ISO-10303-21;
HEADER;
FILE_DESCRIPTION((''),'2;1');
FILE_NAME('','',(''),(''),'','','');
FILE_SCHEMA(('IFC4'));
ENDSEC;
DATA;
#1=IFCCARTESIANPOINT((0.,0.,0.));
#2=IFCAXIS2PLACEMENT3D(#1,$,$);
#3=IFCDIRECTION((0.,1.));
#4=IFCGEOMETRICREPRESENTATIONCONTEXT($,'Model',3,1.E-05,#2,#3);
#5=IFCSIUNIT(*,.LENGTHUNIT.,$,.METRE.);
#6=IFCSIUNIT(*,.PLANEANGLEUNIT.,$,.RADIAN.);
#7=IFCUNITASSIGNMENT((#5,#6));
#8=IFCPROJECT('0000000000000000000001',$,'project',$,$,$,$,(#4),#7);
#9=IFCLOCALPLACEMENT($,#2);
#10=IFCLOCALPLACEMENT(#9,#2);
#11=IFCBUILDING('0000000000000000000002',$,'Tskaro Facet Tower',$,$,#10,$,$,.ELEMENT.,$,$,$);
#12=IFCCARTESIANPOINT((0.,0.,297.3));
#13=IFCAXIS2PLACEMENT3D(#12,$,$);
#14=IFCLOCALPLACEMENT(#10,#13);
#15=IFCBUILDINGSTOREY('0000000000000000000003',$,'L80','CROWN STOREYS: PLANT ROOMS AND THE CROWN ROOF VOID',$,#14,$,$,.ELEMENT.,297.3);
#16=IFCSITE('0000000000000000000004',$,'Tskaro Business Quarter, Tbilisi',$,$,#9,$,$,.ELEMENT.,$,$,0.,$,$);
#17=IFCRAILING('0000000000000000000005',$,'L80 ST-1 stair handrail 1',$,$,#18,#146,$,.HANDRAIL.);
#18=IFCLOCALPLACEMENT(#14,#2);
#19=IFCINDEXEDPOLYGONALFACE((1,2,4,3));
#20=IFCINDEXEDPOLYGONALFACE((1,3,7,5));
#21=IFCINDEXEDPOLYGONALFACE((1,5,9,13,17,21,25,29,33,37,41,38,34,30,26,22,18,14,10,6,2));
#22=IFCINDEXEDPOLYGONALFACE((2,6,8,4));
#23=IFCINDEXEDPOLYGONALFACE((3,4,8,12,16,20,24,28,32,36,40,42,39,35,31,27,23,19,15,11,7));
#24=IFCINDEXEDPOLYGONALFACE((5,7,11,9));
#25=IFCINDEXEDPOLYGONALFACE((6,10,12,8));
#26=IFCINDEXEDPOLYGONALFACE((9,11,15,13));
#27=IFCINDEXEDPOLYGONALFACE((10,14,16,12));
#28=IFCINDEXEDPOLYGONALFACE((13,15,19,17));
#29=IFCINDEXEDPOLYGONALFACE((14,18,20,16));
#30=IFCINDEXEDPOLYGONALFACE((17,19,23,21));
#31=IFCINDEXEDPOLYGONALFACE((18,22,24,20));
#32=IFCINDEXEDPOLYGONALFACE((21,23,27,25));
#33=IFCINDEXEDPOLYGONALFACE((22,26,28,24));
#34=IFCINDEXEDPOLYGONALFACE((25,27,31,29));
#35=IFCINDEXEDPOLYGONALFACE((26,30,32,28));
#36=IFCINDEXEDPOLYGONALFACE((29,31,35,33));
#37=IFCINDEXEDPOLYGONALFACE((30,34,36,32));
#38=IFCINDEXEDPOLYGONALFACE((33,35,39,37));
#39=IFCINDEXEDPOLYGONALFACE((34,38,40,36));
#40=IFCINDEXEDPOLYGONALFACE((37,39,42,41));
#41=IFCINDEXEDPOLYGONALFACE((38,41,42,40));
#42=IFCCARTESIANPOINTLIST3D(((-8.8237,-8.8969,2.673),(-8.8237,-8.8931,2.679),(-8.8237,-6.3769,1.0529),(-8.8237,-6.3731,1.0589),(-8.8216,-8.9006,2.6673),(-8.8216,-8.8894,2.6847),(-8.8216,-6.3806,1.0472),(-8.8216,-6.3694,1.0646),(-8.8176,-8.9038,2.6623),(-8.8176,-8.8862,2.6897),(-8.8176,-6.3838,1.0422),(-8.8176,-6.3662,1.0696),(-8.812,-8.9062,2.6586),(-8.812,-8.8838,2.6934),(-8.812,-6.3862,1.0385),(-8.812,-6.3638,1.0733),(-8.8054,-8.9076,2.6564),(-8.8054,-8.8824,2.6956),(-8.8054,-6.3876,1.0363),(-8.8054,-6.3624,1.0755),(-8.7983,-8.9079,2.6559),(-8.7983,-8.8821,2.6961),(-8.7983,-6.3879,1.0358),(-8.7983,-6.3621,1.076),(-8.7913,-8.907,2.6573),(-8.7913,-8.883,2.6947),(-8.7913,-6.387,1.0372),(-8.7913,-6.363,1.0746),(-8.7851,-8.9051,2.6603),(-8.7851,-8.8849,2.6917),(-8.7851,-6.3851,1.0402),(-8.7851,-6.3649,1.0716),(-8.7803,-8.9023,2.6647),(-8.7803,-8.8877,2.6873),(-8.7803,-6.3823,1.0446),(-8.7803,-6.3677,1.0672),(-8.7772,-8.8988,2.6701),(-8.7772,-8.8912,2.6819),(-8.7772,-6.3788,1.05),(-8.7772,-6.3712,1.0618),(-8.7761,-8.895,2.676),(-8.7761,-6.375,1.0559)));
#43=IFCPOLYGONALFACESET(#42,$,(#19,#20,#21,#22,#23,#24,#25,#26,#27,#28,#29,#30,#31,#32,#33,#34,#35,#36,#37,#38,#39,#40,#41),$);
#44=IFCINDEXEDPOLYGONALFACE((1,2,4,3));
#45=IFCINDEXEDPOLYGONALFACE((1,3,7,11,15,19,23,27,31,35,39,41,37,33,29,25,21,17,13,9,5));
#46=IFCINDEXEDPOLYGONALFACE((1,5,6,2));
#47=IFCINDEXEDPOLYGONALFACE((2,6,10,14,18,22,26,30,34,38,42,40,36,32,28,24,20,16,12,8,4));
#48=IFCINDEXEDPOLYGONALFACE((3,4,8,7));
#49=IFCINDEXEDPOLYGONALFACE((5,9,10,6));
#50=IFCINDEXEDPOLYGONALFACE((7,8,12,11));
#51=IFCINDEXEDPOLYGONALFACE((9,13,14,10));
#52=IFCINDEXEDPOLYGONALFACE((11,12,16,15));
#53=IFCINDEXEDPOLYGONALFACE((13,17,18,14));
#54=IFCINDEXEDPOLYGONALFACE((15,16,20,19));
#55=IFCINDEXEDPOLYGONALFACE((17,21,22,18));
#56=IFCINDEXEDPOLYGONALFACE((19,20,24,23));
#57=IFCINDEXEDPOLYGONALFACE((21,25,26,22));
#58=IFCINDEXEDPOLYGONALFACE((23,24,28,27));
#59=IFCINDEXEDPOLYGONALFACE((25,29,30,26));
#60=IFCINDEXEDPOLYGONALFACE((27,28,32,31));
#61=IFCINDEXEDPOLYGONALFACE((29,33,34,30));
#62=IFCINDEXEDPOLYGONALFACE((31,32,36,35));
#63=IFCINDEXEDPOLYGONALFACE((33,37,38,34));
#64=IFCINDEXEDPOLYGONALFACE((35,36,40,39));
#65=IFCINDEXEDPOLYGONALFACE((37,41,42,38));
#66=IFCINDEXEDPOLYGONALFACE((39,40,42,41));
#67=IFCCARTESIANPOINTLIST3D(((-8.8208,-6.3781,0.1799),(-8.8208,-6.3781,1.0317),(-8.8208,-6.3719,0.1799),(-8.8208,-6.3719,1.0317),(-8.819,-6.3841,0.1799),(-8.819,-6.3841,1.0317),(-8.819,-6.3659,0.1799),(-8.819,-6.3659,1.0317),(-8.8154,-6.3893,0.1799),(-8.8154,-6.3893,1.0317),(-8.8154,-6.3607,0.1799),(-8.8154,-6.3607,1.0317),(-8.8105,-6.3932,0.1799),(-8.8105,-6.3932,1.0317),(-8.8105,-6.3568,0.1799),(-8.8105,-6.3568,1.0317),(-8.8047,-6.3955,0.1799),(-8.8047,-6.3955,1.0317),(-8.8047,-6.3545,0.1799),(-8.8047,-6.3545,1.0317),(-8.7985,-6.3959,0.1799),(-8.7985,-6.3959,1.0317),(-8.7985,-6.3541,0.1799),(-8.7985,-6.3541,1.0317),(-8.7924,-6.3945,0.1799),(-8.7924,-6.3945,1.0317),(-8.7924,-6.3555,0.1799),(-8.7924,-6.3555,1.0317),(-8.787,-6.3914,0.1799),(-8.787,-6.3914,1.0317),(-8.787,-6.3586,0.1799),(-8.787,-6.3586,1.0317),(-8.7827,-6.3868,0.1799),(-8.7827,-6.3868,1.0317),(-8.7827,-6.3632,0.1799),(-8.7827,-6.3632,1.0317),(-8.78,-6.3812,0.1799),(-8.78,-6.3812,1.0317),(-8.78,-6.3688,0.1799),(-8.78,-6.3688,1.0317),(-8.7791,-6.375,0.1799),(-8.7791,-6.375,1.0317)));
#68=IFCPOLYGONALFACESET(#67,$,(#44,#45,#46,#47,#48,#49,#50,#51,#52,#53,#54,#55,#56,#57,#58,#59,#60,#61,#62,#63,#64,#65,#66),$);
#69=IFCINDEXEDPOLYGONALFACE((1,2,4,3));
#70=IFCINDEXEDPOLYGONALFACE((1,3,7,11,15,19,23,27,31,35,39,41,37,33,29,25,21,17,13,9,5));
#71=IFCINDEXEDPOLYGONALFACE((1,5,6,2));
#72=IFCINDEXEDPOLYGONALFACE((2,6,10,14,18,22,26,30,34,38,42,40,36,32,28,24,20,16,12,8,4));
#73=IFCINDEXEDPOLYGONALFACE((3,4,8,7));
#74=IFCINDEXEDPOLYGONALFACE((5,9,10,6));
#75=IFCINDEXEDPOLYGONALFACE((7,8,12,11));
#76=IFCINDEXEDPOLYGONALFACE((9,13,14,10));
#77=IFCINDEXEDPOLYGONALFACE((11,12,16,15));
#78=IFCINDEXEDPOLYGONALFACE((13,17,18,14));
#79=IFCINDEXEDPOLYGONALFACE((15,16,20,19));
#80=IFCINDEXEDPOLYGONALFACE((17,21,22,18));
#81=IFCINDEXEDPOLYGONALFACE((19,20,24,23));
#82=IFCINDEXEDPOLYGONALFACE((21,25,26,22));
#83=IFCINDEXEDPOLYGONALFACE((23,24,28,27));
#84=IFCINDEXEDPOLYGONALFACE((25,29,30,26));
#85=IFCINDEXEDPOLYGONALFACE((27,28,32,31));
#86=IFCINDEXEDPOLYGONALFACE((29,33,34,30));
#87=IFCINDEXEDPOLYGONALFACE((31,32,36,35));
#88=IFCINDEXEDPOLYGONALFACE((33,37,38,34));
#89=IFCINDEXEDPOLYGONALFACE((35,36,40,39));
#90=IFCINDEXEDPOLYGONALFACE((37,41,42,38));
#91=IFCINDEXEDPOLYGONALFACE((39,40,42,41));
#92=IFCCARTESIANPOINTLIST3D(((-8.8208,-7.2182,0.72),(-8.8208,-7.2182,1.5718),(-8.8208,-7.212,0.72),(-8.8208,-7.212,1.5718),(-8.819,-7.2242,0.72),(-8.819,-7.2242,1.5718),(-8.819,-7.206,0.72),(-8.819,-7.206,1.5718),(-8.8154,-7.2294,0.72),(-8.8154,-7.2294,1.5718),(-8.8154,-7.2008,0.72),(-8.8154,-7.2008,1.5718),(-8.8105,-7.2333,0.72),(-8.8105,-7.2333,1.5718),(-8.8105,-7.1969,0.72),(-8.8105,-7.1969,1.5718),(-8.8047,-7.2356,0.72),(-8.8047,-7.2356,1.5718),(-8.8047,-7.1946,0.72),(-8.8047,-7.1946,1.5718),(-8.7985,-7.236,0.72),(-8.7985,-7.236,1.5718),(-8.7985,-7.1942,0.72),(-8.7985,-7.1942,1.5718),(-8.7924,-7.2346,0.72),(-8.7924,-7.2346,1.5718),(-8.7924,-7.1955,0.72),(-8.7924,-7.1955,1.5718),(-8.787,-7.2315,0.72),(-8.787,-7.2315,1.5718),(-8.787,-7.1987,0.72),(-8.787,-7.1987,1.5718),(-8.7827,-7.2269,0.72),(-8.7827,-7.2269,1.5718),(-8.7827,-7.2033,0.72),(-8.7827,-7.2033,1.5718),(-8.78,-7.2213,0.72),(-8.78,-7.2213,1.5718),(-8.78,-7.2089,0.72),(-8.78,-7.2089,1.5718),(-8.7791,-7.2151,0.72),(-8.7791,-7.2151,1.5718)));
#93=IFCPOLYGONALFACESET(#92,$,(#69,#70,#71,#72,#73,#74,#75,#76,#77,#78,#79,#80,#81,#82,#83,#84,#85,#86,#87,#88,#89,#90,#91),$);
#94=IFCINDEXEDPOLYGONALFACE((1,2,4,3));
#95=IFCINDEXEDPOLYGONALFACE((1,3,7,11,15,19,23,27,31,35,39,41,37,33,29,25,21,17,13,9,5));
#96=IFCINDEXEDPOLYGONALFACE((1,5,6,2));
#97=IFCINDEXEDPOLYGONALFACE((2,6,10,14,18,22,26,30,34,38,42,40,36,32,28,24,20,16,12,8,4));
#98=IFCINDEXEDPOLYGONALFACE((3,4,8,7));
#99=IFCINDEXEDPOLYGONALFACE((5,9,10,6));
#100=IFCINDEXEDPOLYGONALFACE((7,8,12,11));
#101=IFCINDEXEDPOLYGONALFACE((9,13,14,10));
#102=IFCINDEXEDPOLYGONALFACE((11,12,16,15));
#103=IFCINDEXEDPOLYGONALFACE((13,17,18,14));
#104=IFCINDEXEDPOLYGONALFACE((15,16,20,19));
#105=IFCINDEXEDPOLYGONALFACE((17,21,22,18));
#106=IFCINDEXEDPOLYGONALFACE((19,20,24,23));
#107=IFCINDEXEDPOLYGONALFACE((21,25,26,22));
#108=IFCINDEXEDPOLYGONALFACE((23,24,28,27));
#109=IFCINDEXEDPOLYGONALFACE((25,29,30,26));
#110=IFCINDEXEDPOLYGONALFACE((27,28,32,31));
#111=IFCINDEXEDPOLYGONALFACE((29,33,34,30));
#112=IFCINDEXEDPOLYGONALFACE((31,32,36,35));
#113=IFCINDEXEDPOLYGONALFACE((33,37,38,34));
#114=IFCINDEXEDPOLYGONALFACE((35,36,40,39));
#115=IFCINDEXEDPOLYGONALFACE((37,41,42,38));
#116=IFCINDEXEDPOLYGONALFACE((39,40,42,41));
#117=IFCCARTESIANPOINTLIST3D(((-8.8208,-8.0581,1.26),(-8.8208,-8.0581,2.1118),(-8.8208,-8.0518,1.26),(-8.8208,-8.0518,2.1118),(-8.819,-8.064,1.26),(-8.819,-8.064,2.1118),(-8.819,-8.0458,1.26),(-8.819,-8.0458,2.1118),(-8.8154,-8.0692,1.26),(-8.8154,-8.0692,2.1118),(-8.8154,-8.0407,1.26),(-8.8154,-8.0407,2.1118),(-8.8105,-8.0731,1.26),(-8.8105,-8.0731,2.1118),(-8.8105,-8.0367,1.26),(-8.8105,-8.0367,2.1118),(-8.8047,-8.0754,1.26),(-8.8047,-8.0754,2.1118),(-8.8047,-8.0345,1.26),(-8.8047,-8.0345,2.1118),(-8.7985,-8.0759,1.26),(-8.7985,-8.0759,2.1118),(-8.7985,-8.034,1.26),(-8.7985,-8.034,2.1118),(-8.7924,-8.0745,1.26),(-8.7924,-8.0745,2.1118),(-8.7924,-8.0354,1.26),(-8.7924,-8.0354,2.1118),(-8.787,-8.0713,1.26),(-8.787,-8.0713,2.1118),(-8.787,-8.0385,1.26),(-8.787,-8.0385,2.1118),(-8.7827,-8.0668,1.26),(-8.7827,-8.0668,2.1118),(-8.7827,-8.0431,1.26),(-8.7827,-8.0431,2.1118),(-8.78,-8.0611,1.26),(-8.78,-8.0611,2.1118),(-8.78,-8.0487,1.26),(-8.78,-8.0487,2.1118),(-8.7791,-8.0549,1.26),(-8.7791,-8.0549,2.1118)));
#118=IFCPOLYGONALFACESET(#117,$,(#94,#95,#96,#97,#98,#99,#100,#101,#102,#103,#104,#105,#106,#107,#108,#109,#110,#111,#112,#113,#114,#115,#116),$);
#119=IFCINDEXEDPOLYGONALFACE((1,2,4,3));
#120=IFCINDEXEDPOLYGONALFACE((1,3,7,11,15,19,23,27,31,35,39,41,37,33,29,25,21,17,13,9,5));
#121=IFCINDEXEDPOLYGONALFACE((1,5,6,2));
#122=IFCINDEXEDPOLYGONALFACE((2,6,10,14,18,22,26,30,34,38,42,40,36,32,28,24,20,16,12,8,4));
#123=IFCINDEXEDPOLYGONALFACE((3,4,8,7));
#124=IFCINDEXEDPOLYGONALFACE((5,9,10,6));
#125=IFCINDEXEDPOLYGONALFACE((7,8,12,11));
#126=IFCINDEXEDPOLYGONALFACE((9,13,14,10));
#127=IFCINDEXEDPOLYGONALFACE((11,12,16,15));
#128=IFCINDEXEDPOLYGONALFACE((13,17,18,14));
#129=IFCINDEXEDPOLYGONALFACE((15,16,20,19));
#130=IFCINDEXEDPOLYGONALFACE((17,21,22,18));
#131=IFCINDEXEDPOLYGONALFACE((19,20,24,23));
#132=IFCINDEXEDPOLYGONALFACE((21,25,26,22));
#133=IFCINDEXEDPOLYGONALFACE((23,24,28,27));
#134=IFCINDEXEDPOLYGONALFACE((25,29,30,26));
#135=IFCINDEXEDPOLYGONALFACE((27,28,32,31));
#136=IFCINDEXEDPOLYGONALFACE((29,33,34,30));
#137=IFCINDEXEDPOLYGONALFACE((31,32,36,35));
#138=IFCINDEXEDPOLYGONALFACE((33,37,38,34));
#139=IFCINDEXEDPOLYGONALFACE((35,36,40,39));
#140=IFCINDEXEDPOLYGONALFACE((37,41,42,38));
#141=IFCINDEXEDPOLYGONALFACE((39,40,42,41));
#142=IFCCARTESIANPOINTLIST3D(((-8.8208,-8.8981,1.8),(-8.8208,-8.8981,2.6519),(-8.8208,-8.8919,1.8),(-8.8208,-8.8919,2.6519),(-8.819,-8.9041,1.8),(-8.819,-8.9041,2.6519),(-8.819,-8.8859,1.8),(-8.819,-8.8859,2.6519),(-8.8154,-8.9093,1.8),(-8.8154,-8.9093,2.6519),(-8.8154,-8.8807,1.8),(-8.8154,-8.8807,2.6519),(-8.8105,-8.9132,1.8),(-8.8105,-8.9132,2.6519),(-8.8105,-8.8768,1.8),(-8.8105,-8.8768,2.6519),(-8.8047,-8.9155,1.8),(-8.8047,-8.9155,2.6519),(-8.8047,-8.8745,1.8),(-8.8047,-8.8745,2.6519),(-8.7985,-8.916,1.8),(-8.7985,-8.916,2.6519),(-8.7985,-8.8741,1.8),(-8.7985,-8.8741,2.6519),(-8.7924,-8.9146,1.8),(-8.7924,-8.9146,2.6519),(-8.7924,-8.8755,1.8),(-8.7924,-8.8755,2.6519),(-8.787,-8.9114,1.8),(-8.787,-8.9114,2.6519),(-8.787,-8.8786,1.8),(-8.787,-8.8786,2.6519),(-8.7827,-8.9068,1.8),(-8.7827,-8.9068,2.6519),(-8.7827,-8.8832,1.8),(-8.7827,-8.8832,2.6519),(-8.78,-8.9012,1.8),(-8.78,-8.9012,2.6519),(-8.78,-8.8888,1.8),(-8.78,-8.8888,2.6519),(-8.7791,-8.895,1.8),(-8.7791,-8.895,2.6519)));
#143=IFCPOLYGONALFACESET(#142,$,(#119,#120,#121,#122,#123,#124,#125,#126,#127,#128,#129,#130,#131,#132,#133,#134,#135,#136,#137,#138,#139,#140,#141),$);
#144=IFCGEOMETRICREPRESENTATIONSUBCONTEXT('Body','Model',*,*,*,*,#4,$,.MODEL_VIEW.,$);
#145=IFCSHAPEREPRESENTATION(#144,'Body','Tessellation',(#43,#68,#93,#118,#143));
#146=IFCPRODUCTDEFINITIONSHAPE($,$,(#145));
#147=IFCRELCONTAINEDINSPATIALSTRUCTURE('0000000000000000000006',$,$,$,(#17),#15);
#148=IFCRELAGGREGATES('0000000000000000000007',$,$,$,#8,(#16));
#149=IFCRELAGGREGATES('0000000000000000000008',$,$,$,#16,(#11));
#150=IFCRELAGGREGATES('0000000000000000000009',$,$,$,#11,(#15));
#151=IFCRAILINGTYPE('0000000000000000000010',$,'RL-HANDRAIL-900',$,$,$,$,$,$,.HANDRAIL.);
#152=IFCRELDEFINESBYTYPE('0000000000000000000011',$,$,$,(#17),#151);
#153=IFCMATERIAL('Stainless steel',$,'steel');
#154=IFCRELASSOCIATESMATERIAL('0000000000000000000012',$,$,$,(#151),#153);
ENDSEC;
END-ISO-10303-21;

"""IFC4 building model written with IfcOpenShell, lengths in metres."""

from ifc_helpers import new_model, si_unit, direction, frame, origin, origin_2d, place, context, subcontext, project, spatial, circle, extrude, material, type_object, element, save


model = new_model("IFC4")

# Units and contexts
model_context = context("Model", 3, precision=1e-05, world=origin(), true_north=direction((0.0, 1.0)))
body_context = subcontext(model_context, "Body", "Model", "MODEL_VIEW")
ifc_project = project(units=[si_unit("LENGTHUNIT", "METRE"), si_unit("PLANEANGLEUNIT", "RADIAN")], contexts=[model_context])

# Site, building, storey
site_placement = place(None, origin())
site = spatial("IfcSite", under=ifc_project, at=site_placement, Name="Tskaro Business Quarter, Tbilisi", CompositionType="ELEMENT", RefElevation=0.0)
building_placement = place(site_placement, origin())
building = spatial("IfcBuilding", under=site, at=building_placement, Name="Tskaro Facet Tower", CompositionType="ELEMENT")
storey_placement = place(building_placement, frame((0.0, 0.0, 297.3)))
storey = spatial("IfcBuildingStorey", under=building, at=storey_placement, Name="L80", Description="CROWN STOREYS: PLANT ROOMS AND THE CROWN ROOF VOID", CompositionType="ELEMENT", Elevation=297.3)

# Railing
ifc_material_1 = material(Name="Stainless steel", Category="steel")
railing_type_1 = type_object("IfcRailingType", Name="RL-HANDRAIL-900", PredefinedType="HANDRAIL", material=ifc_material_1)
railing_1_placement = place(storey_placement, frame((-8.8, -6.375, 0.1799)))
element("IfcRailing", 1, at=railing_1_placement, inside=storey, type_object=railing_type_1, Name="L80 ST-1 stair handrail 1", PredefinedType="HANDRAIL", context=body_context, shape_type="SweptSolid", body=[
    extrude(circle(Radius=0.0239, at=origin_2d()), frame((0.0, 0.0, 0.876), z_axis=(0.0, -0.841163, 0.540782), x_axis=(1.0, 0.0, 0.0)), (0.0, 0.0, 1.0), 2.9958),
    extrude(circle(Radius=0.021, at=origin_2d()), origin(), (0.0, 0.0, 1.0), 0.8518),
    extrude(circle(Radius=0.021, at=origin_2d()), frame((0.0, -0.8401, 0.54)), (0.0, 0.0, 1.0), 0.8518),
    extrude(circle(Radius=0.021, at=origin_2d()), frame((0.0, -1.6799, 1.0801)), (0.0, 0.0, 1.0), 0.8518),
    extrude(circle(Radius=0.021, at=origin_2d()), frame((0.0, -2.52, 1.6201)), (0.0, 0.0, 1.0), 0.8518),
])

save(model, "model.ifc")
